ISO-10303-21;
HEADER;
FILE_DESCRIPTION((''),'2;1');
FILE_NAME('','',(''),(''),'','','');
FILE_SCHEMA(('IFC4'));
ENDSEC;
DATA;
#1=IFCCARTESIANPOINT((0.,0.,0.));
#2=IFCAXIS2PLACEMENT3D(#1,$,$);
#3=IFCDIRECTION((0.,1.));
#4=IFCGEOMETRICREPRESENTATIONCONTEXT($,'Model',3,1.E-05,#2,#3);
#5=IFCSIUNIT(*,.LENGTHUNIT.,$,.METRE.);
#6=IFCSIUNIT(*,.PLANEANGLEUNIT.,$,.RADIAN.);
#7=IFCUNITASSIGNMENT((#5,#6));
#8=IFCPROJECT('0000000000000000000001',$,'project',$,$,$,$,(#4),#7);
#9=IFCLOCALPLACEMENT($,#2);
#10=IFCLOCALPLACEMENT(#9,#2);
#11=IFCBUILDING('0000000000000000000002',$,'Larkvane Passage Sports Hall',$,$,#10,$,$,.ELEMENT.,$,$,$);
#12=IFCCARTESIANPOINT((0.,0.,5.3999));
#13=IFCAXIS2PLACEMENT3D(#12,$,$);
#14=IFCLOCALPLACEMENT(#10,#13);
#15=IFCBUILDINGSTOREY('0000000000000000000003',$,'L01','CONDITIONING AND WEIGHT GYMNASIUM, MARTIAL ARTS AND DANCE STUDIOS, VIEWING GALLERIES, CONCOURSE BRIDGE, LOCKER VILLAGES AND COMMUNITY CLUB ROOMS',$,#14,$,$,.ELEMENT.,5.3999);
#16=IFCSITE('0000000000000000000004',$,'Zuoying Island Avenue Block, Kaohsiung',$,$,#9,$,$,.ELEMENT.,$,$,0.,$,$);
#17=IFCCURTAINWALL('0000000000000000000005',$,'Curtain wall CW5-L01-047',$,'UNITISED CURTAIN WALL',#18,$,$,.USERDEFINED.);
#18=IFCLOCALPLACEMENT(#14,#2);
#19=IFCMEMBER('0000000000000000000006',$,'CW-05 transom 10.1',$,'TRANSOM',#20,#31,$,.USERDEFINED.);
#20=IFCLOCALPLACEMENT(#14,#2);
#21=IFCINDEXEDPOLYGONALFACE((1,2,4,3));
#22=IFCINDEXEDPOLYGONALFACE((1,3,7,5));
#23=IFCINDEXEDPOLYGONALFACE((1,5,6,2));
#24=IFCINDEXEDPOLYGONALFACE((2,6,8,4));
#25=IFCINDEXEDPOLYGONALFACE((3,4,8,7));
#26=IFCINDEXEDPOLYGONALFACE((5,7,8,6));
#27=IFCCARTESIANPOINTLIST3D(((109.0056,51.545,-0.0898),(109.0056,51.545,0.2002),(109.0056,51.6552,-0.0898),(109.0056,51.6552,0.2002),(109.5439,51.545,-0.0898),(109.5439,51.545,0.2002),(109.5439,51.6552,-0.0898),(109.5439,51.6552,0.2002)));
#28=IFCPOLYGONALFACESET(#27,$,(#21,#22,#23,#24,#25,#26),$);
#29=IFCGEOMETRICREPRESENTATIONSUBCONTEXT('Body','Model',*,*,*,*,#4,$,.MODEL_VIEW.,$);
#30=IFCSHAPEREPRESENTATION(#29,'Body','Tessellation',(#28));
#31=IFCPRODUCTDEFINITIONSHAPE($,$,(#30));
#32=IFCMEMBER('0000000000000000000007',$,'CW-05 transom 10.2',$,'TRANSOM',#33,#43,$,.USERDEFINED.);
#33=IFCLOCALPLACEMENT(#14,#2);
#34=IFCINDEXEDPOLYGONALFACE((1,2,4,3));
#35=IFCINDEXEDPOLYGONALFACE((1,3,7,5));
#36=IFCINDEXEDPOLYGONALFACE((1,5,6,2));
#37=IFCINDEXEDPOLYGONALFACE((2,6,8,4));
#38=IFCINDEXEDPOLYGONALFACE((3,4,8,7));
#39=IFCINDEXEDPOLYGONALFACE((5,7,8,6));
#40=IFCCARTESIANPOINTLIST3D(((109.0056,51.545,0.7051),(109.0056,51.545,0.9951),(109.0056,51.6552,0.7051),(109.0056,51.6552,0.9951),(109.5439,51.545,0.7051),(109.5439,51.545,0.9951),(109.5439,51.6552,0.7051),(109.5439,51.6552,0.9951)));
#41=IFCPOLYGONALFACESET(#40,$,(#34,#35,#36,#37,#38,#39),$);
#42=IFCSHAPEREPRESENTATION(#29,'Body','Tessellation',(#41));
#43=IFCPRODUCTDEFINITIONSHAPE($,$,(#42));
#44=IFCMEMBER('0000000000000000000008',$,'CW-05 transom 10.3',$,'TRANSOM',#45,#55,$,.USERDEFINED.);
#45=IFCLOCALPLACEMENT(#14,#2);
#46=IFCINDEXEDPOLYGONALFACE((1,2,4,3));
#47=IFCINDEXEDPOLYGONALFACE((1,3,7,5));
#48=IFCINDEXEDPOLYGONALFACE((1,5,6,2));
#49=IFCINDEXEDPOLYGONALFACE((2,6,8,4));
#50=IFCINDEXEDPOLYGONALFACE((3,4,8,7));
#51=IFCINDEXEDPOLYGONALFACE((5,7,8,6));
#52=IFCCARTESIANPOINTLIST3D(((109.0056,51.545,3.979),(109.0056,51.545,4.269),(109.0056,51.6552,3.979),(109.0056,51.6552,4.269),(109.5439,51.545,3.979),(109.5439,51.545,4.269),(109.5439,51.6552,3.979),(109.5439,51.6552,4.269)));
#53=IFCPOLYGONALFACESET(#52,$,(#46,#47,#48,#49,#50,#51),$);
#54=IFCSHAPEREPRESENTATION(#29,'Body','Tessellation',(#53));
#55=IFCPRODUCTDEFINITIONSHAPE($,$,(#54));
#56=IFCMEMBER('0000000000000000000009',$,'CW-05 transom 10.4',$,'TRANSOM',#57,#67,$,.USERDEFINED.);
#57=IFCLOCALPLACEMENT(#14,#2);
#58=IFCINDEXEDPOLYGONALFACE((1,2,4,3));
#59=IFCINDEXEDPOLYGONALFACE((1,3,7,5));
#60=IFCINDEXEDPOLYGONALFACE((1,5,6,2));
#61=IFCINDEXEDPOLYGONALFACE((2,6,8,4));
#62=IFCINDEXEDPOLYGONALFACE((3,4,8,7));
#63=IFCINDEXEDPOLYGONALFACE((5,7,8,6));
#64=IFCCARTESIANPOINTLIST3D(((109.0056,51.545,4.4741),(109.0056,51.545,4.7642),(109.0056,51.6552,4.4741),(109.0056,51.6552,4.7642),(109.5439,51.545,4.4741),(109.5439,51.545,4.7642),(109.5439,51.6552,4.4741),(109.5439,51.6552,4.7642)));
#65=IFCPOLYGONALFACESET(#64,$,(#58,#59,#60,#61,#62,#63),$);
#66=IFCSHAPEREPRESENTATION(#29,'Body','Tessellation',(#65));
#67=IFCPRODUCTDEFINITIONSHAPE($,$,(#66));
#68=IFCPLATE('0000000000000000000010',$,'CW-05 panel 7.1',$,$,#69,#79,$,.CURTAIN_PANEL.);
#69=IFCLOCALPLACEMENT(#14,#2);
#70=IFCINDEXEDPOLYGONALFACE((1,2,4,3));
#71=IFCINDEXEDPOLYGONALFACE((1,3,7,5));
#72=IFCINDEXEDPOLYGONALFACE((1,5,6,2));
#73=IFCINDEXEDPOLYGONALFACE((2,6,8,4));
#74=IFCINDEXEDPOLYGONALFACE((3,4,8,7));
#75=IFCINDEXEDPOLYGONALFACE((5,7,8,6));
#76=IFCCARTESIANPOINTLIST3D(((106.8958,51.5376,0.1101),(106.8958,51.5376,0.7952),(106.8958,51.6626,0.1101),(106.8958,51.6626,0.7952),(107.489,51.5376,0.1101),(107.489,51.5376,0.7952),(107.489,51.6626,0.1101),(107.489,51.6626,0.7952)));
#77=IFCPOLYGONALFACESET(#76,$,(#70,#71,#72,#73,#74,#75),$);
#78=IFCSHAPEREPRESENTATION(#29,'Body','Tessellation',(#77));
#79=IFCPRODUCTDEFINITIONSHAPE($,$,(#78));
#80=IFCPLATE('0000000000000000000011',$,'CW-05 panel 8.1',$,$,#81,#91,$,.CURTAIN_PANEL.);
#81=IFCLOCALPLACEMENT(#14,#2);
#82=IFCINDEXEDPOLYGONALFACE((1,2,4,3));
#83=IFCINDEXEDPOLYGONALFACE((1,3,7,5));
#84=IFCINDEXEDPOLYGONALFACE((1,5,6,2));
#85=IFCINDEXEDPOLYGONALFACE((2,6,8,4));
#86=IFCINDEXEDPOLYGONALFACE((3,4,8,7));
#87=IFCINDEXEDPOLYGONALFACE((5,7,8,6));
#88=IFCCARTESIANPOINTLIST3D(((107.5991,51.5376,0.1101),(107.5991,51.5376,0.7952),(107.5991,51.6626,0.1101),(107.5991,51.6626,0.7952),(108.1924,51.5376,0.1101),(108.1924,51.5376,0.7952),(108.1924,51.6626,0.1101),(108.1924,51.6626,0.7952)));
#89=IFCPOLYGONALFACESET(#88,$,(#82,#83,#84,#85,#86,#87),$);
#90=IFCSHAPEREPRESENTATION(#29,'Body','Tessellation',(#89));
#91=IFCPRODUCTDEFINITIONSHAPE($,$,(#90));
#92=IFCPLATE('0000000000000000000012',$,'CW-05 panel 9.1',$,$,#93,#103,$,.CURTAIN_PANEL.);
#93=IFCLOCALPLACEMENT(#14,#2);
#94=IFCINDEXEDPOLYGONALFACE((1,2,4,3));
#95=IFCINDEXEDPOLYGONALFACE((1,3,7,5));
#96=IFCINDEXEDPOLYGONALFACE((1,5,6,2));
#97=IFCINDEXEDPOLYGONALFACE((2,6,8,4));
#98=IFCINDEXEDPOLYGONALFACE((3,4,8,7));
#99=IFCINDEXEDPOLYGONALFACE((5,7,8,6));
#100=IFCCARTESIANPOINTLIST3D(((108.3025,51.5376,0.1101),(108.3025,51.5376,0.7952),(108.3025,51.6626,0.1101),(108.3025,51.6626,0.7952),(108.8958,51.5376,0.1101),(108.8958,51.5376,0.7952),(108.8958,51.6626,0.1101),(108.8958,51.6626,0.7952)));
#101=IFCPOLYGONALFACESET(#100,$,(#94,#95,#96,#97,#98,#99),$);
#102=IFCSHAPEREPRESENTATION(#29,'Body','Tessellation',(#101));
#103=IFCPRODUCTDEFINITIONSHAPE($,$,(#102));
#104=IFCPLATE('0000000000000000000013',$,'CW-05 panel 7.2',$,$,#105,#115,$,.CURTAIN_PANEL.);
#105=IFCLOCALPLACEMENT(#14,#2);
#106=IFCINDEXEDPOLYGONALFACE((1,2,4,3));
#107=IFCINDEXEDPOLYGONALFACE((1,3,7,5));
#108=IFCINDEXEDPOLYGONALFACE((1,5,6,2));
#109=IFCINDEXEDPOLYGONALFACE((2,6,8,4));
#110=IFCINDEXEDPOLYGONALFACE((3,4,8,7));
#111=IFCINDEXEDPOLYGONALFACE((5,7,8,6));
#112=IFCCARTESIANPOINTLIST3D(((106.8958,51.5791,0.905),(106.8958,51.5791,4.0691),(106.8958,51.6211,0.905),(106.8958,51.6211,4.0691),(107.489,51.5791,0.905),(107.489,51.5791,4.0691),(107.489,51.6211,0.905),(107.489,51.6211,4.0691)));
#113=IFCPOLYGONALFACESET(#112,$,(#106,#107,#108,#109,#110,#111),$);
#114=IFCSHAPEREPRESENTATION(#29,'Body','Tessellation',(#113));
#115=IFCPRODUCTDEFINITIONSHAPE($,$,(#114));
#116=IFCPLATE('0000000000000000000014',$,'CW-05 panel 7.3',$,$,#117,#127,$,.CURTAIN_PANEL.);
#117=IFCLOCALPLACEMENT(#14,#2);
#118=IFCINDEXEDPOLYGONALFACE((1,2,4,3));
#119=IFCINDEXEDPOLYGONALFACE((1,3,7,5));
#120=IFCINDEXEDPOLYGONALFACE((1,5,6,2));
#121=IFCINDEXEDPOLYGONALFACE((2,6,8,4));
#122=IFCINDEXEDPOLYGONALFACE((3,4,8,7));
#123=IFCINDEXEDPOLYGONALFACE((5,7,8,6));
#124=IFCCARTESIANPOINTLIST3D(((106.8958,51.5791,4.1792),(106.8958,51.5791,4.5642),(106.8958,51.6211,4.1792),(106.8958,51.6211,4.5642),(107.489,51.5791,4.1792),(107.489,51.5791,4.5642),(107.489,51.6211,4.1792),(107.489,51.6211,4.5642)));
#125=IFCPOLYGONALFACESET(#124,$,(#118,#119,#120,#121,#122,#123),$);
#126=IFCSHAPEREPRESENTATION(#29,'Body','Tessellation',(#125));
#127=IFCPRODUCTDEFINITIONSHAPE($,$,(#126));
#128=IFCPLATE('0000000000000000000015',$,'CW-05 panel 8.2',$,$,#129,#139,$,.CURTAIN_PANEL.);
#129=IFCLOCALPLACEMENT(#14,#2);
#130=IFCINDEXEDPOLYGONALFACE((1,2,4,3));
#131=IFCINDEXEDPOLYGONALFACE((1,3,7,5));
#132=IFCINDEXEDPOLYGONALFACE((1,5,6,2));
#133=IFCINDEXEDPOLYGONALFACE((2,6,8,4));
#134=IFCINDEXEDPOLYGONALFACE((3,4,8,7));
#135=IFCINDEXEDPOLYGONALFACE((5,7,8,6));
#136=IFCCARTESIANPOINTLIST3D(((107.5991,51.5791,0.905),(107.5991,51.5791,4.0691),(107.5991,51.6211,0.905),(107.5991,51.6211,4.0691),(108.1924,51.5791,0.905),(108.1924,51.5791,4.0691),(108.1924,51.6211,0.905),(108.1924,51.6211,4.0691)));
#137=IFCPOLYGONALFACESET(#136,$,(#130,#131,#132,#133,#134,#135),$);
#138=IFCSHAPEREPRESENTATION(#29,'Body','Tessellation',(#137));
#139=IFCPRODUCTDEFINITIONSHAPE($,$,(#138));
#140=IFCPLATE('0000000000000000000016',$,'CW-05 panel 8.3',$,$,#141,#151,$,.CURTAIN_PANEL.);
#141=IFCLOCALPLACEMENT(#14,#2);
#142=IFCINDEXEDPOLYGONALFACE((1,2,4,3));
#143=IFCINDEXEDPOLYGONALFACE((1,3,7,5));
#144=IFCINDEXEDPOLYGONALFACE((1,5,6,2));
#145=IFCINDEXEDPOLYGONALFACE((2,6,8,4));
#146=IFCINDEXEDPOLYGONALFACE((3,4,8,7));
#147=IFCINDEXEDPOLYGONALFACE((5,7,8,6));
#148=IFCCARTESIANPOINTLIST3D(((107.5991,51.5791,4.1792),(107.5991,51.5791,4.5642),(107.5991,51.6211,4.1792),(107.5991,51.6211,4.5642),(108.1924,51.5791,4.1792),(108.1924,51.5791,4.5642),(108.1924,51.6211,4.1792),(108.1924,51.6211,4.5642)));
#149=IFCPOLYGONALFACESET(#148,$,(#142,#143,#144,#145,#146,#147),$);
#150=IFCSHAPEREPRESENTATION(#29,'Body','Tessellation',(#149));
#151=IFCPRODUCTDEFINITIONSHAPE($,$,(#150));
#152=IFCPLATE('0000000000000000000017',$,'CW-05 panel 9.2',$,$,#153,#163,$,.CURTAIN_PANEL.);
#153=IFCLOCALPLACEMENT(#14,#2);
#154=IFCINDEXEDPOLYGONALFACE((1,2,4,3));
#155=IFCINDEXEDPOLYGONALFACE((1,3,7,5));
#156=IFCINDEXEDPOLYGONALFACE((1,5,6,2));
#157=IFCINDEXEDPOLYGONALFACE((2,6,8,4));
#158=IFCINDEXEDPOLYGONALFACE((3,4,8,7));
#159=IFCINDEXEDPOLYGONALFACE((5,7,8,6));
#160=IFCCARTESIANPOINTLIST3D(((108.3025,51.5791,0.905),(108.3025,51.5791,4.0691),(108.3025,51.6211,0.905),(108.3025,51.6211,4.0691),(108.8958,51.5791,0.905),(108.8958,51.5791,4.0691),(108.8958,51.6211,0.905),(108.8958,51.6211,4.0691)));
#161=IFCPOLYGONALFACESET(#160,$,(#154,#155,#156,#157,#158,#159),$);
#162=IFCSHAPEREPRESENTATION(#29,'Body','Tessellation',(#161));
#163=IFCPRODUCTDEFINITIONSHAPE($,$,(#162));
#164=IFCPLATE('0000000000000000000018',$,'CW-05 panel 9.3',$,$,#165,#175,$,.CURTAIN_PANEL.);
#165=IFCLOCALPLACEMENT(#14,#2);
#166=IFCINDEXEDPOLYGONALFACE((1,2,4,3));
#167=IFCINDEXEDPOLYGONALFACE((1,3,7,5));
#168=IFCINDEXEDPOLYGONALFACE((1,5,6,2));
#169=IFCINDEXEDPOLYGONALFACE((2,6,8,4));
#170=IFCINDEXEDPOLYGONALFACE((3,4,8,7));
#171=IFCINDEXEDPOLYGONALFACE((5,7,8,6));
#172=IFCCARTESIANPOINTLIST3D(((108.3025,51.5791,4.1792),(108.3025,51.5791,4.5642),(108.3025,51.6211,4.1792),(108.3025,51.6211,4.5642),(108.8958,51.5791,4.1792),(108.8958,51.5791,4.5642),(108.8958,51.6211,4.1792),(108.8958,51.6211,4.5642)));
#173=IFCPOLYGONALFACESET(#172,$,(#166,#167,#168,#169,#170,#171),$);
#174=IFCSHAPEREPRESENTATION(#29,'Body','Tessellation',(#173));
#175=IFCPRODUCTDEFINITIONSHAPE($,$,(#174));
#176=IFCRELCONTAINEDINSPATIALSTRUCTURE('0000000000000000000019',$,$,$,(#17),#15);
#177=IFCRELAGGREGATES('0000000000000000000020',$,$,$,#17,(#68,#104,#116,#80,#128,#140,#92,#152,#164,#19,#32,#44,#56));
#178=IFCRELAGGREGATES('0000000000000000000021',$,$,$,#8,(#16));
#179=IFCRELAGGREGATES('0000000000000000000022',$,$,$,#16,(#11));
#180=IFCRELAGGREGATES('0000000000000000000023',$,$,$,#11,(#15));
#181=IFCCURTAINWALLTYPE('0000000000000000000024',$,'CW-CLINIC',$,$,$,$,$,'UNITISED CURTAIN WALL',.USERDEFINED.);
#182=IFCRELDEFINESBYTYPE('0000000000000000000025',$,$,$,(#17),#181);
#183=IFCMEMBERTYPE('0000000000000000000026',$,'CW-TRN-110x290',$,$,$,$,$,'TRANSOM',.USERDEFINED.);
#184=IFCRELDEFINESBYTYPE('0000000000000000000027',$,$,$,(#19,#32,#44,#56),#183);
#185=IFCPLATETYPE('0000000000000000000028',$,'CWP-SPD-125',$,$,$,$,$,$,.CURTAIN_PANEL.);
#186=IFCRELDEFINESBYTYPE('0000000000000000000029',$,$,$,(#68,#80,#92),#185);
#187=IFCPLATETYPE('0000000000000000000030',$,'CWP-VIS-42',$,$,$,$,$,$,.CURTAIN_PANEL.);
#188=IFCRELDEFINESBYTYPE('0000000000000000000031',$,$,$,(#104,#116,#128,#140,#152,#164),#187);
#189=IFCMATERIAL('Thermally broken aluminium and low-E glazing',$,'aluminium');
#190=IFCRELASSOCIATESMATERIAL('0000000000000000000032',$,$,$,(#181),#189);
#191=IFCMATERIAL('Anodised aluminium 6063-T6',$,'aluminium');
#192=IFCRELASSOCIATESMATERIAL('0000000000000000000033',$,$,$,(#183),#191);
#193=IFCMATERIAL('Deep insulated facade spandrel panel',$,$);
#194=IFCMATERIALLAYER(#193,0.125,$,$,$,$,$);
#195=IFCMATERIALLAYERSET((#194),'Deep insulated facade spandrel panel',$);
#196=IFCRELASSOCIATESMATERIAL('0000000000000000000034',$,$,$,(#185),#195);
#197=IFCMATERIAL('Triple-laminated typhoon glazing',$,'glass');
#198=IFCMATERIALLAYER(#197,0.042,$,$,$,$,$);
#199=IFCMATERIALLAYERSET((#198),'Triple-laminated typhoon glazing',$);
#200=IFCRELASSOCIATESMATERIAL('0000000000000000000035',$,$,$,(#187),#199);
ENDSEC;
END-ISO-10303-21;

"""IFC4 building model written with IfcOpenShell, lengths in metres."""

from ifc_helpers import new_model, si_unit, direction, frame, origin, origin_2d, place, context, subcontext, project, spatial, rectangle, extrude, material, layer, layer_set, material_profile, profile_set, type_object, element, aggregate, save


model = new_model("IFC4")

# Units and contexts
model_context = context("Model", 3, precision=1e-05, world=origin(), true_north=direction((0.0, 1.0)))
body_context = subcontext(model_context, "Body", "Model", "MODEL_VIEW")
ifc_project = project(units=[si_unit("LENGTHUNIT", "METRE"), si_unit("PLANEANGLEUNIT", "RADIAN")], contexts=[model_context])

# Site, building, storey
site_placement = place(None, origin())
site = spatial("IfcSite", under=ifc_project, at=site_placement, Name="Zuoying Island Avenue Block, Kaohsiung", CompositionType="ELEMENT", RefElevation=0.0)
building_placement = place(site_placement, origin())
building = spatial("IfcBuilding", under=site, at=building_placement, Name="Larkvane Passage Sports Hall", CompositionType="ELEMENT")
storey_placement = place(building_placement, frame((0.0, 0.0, 5.3999)))
storey = spatial("IfcBuildingStorey", under=building, at=storey_placement, Name="L01", Description="CONDITIONING AND WEIGHT GYMNASIUM, MARTIAL ARTS AND DANCE STUDIOS, VIEWING GALLERIES, CONCOURSE BRIDGE, LOCKER VILLAGES AND COMMUNITY CLUB ROOMS", CompositionType="ELEMENT", Elevation=5.3999)

# Curtain wall, members, plates
ifc_material_1 = material(Name="Thermally broken aluminium and low-E glazing", Category="aluminium")
curtain_wall_type = type_object("IfcCurtainWallType", Name="CW-CLINIC", ElementType="UNITISED CURTAIN WALL", PredefinedType="USERDEFINED", material=ifc_material_1)
curtain_wall_placement = place(storey_placement, origin())
curtain_wall = element("IfcCurtainWall", 1, at=curtain_wall_placement, inside=storey, type_object=curtain_wall_type, Name="Curtain wall CW5-L01-047", ObjectType="UNITISED CURTAIN WALL", PredefinedType="USERDEFINED")
ifc_material_2 = material(Name="Anodised aluminium 6063-T6", Category="aluminium")
ifc_material_profile_1 = material_profile(ifc_material_2, rectangle(XDim=0.1101, YDim=0.29, at=origin_2d()), Name="ALU-TRN-110x290")
ifc_profile_set_1 = profile_set([ifc_material_profile_1], Name="Anodised aluminium 6063-T6")
member_type_1 = type_object("IfcMemberType", Name="CW-TRN-110x290", ElementType="TRANSOM", PredefinedType="USERDEFINED", material=ifc_profile_set_1)
member_1_placement = place(storey_placement, frame((109.0056, 51.6001, 0.0552), z_axis=(1.0, 0.0, 0.0), x_axis=(0.0, 1.0, 0.0)))
member_1 = element("IfcMember", 2, at=member_1_placement, type_object=member_type_1, Name="CW-05 transom 10.1", ObjectType="TRANSOM", PredefinedType="USERDEFINED", context=body_context, shape_type="SweptSolid", body=[
    extrude(rectangle(XDim=0.1101, YDim=0.29, at=origin_2d()), origin(), (0.0, 0.0, 1.0), 0.5383),
])
member_2_placement = place(storey_placement, frame((109.0056, 51.6001, 0.8501), z_axis=(1.0, 0.0, 0.0), x_axis=(0.0, 1.0, 0.0)))
member_2 = element("IfcMember", 3, at=member_2_placement, type_object=member_type_1, Name="CW-05 transom 10.2", ObjectType="TRANSOM", PredefinedType="USERDEFINED", context=body_context, shape_type="SweptSolid", body=[
    extrude(rectangle(XDim=0.1101, YDim=0.29, at=origin_2d()), origin(), (0.0, 0.0, 1.0), 0.5383),
])
member_3_placement = place(storey_placement, frame((109.0056, 51.6001, 4.124), z_axis=(1.0, 0.0, 0.0), x_axis=(0.0, 1.0, 0.0)))
member_3 = element("IfcMember", 4, at=member_3_placement, type_object=member_type_1, Name="CW-05 transom 10.3", ObjectType="TRANSOM", PredefinedType="USERDEFINED", context=body_context, shape_type="SweptSolid", body=[
    extrude(rectangle(XDim=0.1101, YDim=0.29, at=origin_2d()), origin(), (0.0, 0.0, 1.0), 0.5383),
])
member_4_placement = place(storey_placement, frame((109.0056, 51.6001, 4.6191), z_axis=(1.0, 0.0, 0.0), x_axis=(0.0, 1.0, 0.0)))
member_4 = element("IfcMember", 5, at=member_4_placement, type_object=member_type_1, Name="CW-05 transom 10.4", ObjectType="TRANSOM", PredefinedType="USERDEFINED", context=body_context, shape_type="SweptSolid", body=[
    extrude(rectangle(XDim=0.1101, YDim=0.29, at=origin_2d()), origin(), (0.0, 0.0, 1.0), 0.5383),
])
ifc_material_3 = material(Name="Deep insulated facade spandrel panel")
ifc_layer_1 = layer(ifc_material_3, 0.125)
ifc_layer_set_1 = layer_set([ifc_layer_1], Name="Deep insulated facade spandrel panel")
plate_type_1 = type_object("IfcPlateType", Name="CWP-SPD-125", PredefinedType="CURTAIN_PANEL", material=ifc_layer_set_1)
plate_1_placement = place(storey_placement, frame((107.1924, 51.6001, 0.1101), z_axis=(0.0, 0.0, 1.0), x_axis=(1.0, 0.0, 0.0)))
plate_1 = element("IfcPlate", 6, at=plate_1_placement, type_object=plate_type_1, Name="CW-05 panel 7.1", PredefinedType="CURTAIN_PANEL", context=body_context, shape_type="SweptSolid", body=[
    extrude(rectangle(XDim=0.5933, YDim=0.125, at=origin_2d()), origin(), (0.0, 0.0, 1.0), 0.6851),
])
plate_2_placement = place(storey_placement, frame((107.8958, 51.6001, 0.1101), z_axis=(0.0, 0.0, 1.0), x_axis=(1.0, 0.0, 0.0)))
plate_2 = element("IfcPlate", 7, at=plate_2_placement, type_object=plate_type_1, Name="CW-05 panel 8.1", PredefinedType="CURTAIN_PANEL", context=body_context, shape_type="SweptSolid", body=[
    extrude(rectangle(XDim=0.5933, YDim=0.125, at=origin_2d()), origin(), (0.0, 0.0, 1.0), 0.6851),
])
plate_3_placement = place(storey_placement, frame((108.5991, 51.6001, 0.1101), z_axis=(0.0, 0.0, 1.0), x_axis=(1.0, 0.0, 0.0)))
plate_3 = element("IfcPlate", 8, at=plate_3_placement, type_object=plate_type_1, Name="CW-05 panel 9.1", PredefinedType="CURTAIN_PANEL", context=body_context, shape_type="SweptSolid", body=[
    extrude(rectangle(XDim=0.5933, YDim=0.125, at=origin_2d()), origin(), (0.0, 0.0, 1.0), 0.6851),
])
ifc_material_4 = material(Name="Triple-laminated typhoon glazing", Category="glass")
ifc_layer_2 = layer(ifc_material_4, 0.042)
ifc_layer_set_2 = layer_set([ifc_layer_2], Name="Triple-laminated typhoon glazing")
plate_type_2 = type_object("IfcPlateType", Name="CWP-VIS-42", PredefinedType="CURTAIN_PANEL", material=ifc_layer_set_2)
plate_4_placement = place(storey_placement, frame((107.1924, 51.6001, 0.905), z_axis=(0.0, 0.0, 1.0), x_axis=(1.0, 0.0, 0.0)))
plate_4 = element("IfcPlate", 9, at=plate_4_placement, type_object=plate_type_2, Name="CW-05 panel 7.2", PredefinedType="CURTAIN_PANEL", context=body_context, shape_type="SweptSolid", body=[
    extrude(rectangle(XDim=0.5933, YDim=0.042, at=origin_2d()), origin(), (0.0, 0.0, 1.0), 3.1641),
])
plate_5_placement = place(storey_placement, frame((107.1924, 51.6001, 4.1792), z_axis=(0.0, 0.0, 1.0), x_axis=(1.0, 0.0, 0.0)))
plate_5 = element("IfcPlate", 10, at=plate_5_placement, type_object=plate_type_2, Name="CW-05 panel 7.3", PredefinedType="CURTAIN_PANEL", context=body_context, shape_type="SweptSolid", body=[
    extrude(rectangle(XDim=0.5933, YDim=0.042, at=origin_2d()), origin(), (0.0, 0.0, 1.0), 0.385),
])
plate_6_placement = place(storey_placement, frame((107.8958, 51.6001, 0.905), z_axis=(0.0, 0.0, 1.0), x_axis=(1.0, 0.0, 0.0)))
plate_6 = element("IfcPlate", 11, at=plate_6_placement, type_object=plate_type_2, Name="CW-05 panel 8.2", PredefinedType="CURTAIN_PANEL", context=body_context, shape_type="SweptSolid", body=[
    extrude(rectangle(XDim=0.5933, YDim=0.042, at=origin_2d()), origin(), (0.0, 0.0, 1.0), 3.1641),
])
plate_7_placement = place(storey_placement, frame((107.8958, 51.6001, 4.1792), z_axis=(0.0, 0.0, 1.0), x_axis=(1.0, 0.0, 0.0)))
plate_7 = element("IfcPlate", 12, at=plate_7_placement, type_object=plate_type_2, Name="CW-05 panel 8.3", PredefinedType="CURTAIN_PANEL", context=body_context, shape_type="SweptSolid", body=[
    extrude(rectangle(XDim=0.5933, YDim=0.042, at=origin_2d()), origin(), (0.0, 0.0, 1.0), 0.385),
])
plate_8_placement = place(storey_placement, frame((108.5991, 51.6001, 0.905), z_axis=(0.0, 0.0, 1.0), x_axis=(1.0, 0.0, 0.0)))
plate_8 = element("IfcPlate", 13, at=plate_8_placement, type_object=plate_type_2, Name="CW-05 panel 9.2", PredefinedType="CURTAIN_PANEL", context=body_context, shape_type="SweptSolid", body=[
    extrude(rectangle(XDim=0.5933, YDim=0.042, at=origin_2d()), origin(), (0.0, 0.0, 1.0), 3.1641),
])
plate_9_placement = place(storey_placement, frame((108.5991, 51.6001, 4.1792), z_axis=(0.0, 0.0, 1.0), x_axis=(1.0, 0.0, 0.0)))
plate_9 = element("IfcPlate", 14, at=plate_9_placement, type_object=plate_type_2, Name="CW-05 panel 9.3", PredefinedType="CURTAIN_PANEL", context=body_context, shape_type="SweptSolid", body=[
    extrude(rectangle(XDim=0.5933, YDim=0.042, at=origin_2d()), origin(), (0.0, 0.0, 1.0), 0.385),
])
aggregate(curtain_wall, [plate_1, plate_4, plate_5, plate_2, plate_6, plate_7, plate_3, plate_8, plate_9, member_1, member_2, member_3, member_4])

save(model, "model.ifc")
